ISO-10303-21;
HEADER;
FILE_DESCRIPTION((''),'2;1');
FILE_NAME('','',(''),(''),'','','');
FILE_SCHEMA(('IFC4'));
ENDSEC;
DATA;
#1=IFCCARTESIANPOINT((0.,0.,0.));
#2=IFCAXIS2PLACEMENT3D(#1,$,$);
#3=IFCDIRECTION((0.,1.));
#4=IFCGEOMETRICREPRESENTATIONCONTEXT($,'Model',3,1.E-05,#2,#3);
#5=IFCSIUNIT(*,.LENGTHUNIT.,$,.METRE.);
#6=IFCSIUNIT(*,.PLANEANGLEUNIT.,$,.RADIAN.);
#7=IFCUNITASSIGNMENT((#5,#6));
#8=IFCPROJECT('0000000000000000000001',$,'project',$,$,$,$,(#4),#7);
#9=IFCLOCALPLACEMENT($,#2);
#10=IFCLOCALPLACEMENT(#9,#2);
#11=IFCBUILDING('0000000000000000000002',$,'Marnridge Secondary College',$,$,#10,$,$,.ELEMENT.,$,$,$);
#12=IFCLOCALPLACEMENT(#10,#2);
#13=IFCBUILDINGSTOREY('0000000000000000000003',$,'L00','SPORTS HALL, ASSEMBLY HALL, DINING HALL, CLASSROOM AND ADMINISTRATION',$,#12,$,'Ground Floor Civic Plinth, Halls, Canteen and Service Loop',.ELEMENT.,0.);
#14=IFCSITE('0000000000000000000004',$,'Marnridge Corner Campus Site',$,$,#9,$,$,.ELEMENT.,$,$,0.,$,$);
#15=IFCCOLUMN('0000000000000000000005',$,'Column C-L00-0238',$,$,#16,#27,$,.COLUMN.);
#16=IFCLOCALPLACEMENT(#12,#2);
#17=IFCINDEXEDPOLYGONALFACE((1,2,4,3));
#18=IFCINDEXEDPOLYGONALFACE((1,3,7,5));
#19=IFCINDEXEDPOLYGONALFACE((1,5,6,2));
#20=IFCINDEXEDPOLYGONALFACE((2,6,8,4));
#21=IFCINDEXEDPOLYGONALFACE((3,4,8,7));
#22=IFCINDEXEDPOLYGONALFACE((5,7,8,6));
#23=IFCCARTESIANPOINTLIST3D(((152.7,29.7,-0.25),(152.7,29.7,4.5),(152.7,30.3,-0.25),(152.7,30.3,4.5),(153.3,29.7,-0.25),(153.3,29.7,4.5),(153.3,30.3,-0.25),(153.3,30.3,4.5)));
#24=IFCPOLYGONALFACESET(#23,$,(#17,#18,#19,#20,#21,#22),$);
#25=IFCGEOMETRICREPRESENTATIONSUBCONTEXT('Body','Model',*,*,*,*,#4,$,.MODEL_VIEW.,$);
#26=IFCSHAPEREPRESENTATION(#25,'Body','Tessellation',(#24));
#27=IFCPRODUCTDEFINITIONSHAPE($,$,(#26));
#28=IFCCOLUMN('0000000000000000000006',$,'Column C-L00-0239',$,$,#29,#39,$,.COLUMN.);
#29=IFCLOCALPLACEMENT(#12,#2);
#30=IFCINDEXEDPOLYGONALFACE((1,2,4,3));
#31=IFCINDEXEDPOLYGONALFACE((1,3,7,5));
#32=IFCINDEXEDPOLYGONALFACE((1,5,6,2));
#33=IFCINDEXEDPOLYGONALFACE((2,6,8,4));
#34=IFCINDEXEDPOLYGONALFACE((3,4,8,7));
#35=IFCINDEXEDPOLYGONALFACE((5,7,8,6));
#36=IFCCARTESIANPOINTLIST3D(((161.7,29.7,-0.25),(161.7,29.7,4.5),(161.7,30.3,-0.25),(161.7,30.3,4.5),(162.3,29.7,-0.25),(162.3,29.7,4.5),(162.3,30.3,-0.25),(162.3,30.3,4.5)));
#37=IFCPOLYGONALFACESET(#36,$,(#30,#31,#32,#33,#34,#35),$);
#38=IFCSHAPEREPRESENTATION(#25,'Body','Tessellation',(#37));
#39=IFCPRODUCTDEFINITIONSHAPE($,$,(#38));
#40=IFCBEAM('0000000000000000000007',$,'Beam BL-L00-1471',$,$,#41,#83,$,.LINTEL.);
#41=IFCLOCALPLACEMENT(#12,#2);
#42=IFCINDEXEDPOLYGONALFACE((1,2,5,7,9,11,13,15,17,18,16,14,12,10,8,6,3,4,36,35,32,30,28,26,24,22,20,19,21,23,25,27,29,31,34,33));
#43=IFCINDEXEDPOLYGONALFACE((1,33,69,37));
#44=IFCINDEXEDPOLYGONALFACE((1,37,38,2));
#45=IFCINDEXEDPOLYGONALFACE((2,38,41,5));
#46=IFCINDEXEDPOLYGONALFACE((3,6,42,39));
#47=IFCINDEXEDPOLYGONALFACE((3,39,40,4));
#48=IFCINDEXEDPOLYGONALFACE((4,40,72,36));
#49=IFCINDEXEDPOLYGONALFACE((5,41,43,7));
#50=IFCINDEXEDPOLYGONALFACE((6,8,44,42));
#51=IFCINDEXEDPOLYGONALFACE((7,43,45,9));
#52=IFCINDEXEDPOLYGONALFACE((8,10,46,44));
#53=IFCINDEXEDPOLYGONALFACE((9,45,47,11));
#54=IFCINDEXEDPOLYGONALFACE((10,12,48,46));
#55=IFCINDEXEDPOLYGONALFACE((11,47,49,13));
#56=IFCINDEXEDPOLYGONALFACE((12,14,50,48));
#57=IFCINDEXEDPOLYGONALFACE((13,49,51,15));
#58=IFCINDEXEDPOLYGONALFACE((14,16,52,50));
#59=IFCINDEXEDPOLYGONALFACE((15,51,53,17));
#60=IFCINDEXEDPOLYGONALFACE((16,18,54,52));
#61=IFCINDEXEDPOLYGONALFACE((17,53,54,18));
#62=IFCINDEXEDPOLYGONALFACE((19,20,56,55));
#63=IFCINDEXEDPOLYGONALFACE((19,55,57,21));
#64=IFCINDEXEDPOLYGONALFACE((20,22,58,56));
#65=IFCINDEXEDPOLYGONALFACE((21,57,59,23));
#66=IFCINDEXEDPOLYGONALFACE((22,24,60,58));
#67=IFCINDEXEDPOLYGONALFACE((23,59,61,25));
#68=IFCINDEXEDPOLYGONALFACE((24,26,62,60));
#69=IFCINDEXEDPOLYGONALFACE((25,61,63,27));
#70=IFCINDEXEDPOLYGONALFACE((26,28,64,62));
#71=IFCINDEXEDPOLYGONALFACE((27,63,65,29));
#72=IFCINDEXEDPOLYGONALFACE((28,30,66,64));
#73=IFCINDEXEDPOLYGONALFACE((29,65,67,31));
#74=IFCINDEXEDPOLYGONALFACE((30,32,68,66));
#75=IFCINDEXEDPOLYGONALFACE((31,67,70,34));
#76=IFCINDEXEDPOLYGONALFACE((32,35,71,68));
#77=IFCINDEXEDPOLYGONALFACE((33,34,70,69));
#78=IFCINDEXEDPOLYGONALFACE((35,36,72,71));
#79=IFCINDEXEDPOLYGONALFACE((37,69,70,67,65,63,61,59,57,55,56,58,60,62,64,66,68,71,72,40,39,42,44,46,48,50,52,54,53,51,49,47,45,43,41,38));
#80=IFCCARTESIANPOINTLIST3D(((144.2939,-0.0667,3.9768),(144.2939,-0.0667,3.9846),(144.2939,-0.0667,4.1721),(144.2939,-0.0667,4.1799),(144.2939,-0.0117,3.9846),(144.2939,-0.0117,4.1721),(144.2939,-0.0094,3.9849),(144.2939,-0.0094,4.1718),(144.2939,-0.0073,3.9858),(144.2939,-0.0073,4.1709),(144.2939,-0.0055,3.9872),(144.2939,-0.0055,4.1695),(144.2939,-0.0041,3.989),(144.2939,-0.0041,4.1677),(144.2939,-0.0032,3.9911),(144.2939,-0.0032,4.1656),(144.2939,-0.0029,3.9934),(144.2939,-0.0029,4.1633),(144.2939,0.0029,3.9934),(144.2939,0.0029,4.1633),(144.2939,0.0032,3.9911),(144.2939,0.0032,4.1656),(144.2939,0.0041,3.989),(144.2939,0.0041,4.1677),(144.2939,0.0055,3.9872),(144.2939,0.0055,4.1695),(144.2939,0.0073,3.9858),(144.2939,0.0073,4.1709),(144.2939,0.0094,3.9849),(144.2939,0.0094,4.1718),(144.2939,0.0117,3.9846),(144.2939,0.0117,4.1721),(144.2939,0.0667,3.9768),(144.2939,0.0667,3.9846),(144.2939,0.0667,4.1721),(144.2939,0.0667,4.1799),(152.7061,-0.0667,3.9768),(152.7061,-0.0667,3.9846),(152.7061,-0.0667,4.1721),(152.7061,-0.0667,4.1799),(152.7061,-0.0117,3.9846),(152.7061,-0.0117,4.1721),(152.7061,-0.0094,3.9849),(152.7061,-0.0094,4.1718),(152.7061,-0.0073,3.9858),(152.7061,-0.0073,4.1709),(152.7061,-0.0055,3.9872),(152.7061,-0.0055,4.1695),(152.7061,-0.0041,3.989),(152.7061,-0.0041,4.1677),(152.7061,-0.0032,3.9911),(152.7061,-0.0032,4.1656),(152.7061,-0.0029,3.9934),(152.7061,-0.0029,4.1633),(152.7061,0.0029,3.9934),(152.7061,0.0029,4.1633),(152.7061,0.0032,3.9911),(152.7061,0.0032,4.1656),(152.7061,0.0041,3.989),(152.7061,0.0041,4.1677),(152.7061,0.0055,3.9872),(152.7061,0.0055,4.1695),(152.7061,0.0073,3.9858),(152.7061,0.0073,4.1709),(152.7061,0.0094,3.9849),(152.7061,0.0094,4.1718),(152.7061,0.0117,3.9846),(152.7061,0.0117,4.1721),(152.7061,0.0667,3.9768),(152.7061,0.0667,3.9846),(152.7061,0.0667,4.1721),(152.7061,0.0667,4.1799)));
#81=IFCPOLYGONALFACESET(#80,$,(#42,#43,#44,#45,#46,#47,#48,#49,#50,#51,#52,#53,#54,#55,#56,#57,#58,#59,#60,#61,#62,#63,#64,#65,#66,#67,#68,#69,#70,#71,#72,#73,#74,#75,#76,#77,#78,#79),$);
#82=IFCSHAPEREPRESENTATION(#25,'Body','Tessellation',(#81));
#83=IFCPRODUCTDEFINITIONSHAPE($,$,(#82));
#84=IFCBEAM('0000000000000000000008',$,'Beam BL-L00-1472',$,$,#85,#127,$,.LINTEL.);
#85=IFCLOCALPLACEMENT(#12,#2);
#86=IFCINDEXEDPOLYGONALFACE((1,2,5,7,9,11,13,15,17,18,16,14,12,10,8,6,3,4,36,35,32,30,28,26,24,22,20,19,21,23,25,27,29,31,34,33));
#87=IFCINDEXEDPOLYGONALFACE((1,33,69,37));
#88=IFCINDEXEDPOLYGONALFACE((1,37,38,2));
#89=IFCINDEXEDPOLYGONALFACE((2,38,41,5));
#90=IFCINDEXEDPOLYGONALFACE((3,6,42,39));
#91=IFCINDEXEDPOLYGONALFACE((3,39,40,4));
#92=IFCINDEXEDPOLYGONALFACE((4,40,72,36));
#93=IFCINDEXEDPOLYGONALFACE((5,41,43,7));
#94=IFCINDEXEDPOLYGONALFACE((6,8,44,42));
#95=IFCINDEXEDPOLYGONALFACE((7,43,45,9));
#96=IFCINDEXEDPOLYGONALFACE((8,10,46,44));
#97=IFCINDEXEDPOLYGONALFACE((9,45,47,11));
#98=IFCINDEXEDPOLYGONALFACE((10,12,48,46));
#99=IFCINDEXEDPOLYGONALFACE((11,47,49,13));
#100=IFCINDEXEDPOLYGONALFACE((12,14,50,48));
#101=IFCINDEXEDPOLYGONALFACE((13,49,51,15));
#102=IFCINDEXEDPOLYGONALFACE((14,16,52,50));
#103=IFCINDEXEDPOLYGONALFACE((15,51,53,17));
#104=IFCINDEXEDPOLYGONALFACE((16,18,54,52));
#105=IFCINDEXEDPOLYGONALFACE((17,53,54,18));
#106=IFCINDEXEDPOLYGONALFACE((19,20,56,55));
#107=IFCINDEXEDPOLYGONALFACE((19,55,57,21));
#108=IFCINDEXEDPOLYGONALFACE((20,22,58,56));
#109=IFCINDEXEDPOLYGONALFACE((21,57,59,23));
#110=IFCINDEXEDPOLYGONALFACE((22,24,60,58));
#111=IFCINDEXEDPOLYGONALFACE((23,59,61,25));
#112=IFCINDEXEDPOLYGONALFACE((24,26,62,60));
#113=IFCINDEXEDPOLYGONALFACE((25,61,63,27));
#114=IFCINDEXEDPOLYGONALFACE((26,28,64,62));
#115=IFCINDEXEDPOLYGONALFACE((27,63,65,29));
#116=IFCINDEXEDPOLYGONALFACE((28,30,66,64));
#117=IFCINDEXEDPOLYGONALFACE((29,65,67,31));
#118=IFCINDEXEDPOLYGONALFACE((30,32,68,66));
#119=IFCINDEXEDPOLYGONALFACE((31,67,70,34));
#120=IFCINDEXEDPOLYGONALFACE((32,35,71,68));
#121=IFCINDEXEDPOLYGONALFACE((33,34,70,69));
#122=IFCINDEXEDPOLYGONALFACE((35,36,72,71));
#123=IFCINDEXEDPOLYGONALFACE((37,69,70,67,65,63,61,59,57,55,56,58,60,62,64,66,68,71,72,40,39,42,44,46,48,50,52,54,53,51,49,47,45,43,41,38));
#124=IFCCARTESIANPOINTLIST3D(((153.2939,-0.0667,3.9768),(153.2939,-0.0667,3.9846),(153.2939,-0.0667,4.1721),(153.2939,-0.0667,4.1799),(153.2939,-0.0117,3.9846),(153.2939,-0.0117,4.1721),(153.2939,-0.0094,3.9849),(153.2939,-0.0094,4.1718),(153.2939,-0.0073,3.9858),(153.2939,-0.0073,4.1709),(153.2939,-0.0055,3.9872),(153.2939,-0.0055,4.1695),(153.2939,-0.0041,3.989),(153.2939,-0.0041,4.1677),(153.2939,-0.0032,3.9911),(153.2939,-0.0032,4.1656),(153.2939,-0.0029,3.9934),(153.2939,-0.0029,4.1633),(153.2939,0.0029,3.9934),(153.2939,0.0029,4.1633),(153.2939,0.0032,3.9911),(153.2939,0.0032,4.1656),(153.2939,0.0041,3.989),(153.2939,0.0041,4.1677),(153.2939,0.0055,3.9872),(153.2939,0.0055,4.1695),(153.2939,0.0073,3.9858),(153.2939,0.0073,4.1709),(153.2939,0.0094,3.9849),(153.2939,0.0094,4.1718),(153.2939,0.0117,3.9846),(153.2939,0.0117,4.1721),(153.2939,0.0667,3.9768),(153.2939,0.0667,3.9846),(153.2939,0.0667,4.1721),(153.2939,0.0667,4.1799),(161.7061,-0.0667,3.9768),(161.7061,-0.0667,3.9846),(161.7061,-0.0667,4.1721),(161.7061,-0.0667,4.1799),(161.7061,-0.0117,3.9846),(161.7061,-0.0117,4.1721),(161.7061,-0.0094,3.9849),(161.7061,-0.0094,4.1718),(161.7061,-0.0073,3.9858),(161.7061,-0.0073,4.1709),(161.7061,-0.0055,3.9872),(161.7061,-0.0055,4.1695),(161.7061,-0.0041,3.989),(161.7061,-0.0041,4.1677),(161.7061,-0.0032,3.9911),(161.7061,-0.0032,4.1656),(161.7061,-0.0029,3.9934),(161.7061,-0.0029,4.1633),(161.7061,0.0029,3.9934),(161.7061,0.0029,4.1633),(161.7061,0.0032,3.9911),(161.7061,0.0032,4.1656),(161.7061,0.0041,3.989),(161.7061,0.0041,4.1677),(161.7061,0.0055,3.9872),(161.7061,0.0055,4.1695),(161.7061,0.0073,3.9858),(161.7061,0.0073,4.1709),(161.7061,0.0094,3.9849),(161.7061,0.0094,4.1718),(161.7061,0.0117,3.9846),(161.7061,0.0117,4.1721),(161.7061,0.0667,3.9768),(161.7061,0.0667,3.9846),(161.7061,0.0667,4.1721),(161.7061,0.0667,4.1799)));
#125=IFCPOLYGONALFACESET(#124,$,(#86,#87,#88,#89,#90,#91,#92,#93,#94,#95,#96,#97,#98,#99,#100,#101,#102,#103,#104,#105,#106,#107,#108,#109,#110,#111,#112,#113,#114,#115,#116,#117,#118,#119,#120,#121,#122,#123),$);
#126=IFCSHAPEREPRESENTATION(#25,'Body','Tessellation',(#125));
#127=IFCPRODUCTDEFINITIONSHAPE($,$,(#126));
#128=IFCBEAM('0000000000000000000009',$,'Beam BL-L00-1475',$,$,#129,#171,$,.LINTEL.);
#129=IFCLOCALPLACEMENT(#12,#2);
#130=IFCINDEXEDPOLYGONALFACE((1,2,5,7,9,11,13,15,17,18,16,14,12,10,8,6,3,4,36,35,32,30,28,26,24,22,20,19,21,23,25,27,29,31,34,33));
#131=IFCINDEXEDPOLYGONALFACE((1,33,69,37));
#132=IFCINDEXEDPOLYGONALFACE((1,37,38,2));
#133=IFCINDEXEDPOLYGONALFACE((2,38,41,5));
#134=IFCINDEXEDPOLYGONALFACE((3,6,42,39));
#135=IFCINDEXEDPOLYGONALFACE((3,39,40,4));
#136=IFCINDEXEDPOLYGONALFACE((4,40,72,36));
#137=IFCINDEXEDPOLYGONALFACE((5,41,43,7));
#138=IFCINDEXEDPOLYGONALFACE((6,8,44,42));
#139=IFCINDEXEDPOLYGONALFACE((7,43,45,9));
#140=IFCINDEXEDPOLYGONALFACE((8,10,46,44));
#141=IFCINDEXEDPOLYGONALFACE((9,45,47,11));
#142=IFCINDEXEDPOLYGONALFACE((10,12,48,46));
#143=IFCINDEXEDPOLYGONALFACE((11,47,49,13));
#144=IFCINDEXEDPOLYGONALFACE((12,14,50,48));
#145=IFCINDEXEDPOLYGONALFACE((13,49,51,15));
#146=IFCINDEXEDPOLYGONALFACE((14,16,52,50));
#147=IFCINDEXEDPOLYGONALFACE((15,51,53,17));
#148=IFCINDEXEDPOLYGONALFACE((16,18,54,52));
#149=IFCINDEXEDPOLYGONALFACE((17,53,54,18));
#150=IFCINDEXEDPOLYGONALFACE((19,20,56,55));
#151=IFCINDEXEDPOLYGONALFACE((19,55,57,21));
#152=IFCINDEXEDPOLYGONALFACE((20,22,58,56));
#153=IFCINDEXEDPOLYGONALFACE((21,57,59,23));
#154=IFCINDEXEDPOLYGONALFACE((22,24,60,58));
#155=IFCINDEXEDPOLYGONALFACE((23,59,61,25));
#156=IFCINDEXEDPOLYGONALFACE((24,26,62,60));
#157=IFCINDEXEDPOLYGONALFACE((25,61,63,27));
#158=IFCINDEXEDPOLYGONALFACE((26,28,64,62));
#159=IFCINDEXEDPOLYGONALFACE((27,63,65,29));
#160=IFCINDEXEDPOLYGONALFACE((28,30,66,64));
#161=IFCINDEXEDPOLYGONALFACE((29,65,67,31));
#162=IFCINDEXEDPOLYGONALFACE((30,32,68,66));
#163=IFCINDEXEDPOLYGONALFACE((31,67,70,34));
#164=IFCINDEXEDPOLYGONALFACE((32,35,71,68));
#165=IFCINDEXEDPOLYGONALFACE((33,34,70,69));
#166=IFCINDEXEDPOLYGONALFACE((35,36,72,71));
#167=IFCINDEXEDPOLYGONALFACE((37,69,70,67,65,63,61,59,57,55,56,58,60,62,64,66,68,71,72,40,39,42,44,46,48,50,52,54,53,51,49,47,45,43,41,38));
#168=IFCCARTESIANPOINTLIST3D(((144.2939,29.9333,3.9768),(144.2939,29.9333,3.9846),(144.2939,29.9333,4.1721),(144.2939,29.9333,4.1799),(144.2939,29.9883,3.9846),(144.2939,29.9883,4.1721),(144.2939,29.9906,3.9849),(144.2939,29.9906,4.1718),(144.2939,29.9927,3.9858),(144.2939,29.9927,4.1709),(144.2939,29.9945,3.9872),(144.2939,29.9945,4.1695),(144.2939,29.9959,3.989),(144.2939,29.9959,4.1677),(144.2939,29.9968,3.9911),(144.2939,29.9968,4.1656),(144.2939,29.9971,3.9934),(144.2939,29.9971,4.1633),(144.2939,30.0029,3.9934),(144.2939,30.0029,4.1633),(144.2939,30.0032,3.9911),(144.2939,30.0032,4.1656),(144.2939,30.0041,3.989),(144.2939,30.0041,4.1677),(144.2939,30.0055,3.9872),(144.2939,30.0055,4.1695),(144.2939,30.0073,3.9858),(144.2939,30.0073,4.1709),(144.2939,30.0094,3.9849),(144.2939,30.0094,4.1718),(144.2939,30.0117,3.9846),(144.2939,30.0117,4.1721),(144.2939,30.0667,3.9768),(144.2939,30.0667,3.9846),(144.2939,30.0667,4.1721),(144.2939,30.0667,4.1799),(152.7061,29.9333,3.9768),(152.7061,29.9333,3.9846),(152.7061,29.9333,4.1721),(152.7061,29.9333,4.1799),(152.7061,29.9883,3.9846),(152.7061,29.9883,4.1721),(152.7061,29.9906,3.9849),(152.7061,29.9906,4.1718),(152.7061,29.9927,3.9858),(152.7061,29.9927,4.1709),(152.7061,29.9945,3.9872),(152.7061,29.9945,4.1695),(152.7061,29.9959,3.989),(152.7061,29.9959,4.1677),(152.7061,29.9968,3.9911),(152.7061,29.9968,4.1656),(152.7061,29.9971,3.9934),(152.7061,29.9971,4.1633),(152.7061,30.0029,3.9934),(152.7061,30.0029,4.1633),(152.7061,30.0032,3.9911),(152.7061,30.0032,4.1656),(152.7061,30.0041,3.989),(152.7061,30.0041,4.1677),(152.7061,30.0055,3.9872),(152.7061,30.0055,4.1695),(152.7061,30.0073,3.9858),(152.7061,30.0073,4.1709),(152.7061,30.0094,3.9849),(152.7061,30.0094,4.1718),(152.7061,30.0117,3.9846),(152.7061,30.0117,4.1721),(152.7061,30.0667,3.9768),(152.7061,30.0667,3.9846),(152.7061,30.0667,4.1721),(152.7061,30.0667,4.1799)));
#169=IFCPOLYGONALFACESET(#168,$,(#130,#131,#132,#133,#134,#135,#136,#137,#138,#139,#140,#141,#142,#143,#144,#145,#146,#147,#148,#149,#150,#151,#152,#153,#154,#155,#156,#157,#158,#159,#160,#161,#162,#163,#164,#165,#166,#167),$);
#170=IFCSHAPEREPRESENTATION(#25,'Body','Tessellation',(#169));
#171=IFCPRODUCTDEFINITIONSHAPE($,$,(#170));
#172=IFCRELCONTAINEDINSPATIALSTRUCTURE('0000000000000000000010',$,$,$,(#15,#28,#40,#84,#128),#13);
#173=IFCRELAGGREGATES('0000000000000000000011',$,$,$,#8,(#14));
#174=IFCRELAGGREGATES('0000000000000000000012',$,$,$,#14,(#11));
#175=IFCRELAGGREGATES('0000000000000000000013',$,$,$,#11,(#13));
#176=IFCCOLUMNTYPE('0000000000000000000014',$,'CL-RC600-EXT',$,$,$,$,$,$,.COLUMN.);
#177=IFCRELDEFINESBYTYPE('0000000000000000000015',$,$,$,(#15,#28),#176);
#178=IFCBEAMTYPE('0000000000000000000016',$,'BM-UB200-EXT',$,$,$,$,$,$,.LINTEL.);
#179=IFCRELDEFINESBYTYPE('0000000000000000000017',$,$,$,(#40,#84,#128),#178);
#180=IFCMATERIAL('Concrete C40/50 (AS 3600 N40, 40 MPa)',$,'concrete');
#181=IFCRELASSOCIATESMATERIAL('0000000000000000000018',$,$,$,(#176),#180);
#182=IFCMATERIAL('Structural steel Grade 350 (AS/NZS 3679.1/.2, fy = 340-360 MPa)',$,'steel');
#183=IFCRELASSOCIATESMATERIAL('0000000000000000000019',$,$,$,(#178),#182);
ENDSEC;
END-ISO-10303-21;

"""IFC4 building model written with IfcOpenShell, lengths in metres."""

from ifc_helpers import new_model, si_unit, direction, frame, origin, origin_2d, place, context, subcontext, project, spatial, rectangle, i_section, extrude, material, material_profile, profile_set, type_object, element, save


model = new_model("IFC4")

# Units and contexts
model_context = context("Model", 3, precision=1e-05, world=origin(), true_north=direction((0.0, 1.0)))
body_context = subcontext(model_context, "Body", "Model", "MODEL_VIEW")
ifc_project = project(units=[si_unit("LENGTHUNIT", "METRE"), si_unit("PLANEANGLEUNIT", "RADIAN")], contexts=[model_context])

# Site, building, storey
site_placement = place(None, origin())
site = spatial("IfcSite", under=ifc_project, at=site_placement, Name="Marnridge Corner Campus Site", CompositionType="ELEMENT", RefElevation=0.0)
building_placement = place(site_placement, origin())
building = spatial("IfcBuilding", under=site, at=building_placement, Name="Marnridge Secondary College", CompositionType="ELEMENT")
storey_placement = place(building_placement, origin())
storey = spatial("IfcBuildingStorey", under=building, at=storey_placement, Name="L00", Description="SPORTS HALL, ASSEMBLY HALL, DINING HALL, CLASSROOM AND ADMINISTRATION", LongName="Ground Floor Civic Plinth, Halls, Canteen and Service Loop", CompositionType="ELEMENT", Elevation=0.0)

# Columns
ifc_material_1 = material(Name="Concrete C40/50 (AS 3600 N40, 40 MPa)", Category="concrete")
ifc_material_profile_1 = material_profile(ifc_material_1, rectangle(XDim=0.6001, YDim=0.6001, at=origin_2d()), Name="RC 600x600")
ifc_profile_set_1 = profile_set([ifc_material_profile_1], Name="Concrete C40/50 (AS 3600 N40, 40 MPa)")
column_type_1 = type_object("IfcColumnType", Name="CL-RC600-EXT", PredefinedType="COLUMN", material=ifc_profile_set_1)
for number, where, z_axis, x_axis, name in (
    (1, (153.0, 30.0, -0.25), (0.0, 0.0, 1.0), (1.0, 0.0, 0.0), "Column C-L00-0238"),
    (2, (162.0, 30.0, -0.25), (0.0, 0.0, 1.0), (1.0, 0.0, 0.0), "Column C-L00-0239"),
):
    element("IfcColumn", number, at=place(storey_placement, frame(where, z_axis=z_axis, x_axis=x_axis)), inside=storey, type_object=column_type_1, Name=name, PredefinedType="COLUMN", context=body_context, shape_type="SweptSolid", body=[
        extrude(rectangle(XDim=0.6001, YDim=0.6001, at=origin_2d()), origin(), (0.0, 0.0, 1.0), 4.75),
    ])

# Beams
ifc_material_2 = material(Name="Structural steel Grade 350 (AS/NZS 3679.1/.2, fy = 340-360 MPa)", Category="steel")
ifc_material_profile_2 = material_profile(ifc_material_2, i_section(OverallWidth=0.1333, OverallDepth=0.2031, WebThickness=0.0059, FlangeThickness=0.0078, FilletRadius=0.0088, at=origin_2d()), Name="200UB25.4")
ifc_profile_set_2 = profile_set([ifc_material_profile_2], Name="Structural steel Grade 350 (AS/NZS 3679.1/.2, fy = 340-360 MPa)")
beam_type = type_object("IfcBeamType", Name="BM-UB200-EXT", PredefinedType="LINTEL", material=ifc_profile_set_2)
for number, where, z_axis, x_axis, name in (
    (3, (144.2939, 0.0, 4.0784), (1.0, 0.0, 0.0), (0.0, 1.0, 0.0), "Beam BL-L00-1471"),
    (4, (153.2939, 0.0, 4.0784), (1.0, 0.0, 0.0), (0.0, 1.0, 0.0), "Beam BL-L00-1472"),
    (5, (144.2939, 30.0, 4.0784), (1.0, 0.0, 0.0), (0.0, 1.0, 0.0), "Beam BL-L00-1475"),
):
    element("IfcBeam", number, at=place(storey_placement, frame(where, z_axis=z_axis, x_axis=x_axis)), inside=storey, type_object=beam_type, Name=name, PredefinedType="LINTEL", context=body_context, shape_type="SweptSolid", body=[
        extrude(i_section(OverallWidth=0.1333, OverallDepth=0.2031, WebThickness=0.0059, FlangeThickness=0.0078, FilletRadius=0.0088, at=origin_2d()), origin(), (0.0, 0.0, 1.0), 8.4121),
    ])

save(model, "model.ifc")
